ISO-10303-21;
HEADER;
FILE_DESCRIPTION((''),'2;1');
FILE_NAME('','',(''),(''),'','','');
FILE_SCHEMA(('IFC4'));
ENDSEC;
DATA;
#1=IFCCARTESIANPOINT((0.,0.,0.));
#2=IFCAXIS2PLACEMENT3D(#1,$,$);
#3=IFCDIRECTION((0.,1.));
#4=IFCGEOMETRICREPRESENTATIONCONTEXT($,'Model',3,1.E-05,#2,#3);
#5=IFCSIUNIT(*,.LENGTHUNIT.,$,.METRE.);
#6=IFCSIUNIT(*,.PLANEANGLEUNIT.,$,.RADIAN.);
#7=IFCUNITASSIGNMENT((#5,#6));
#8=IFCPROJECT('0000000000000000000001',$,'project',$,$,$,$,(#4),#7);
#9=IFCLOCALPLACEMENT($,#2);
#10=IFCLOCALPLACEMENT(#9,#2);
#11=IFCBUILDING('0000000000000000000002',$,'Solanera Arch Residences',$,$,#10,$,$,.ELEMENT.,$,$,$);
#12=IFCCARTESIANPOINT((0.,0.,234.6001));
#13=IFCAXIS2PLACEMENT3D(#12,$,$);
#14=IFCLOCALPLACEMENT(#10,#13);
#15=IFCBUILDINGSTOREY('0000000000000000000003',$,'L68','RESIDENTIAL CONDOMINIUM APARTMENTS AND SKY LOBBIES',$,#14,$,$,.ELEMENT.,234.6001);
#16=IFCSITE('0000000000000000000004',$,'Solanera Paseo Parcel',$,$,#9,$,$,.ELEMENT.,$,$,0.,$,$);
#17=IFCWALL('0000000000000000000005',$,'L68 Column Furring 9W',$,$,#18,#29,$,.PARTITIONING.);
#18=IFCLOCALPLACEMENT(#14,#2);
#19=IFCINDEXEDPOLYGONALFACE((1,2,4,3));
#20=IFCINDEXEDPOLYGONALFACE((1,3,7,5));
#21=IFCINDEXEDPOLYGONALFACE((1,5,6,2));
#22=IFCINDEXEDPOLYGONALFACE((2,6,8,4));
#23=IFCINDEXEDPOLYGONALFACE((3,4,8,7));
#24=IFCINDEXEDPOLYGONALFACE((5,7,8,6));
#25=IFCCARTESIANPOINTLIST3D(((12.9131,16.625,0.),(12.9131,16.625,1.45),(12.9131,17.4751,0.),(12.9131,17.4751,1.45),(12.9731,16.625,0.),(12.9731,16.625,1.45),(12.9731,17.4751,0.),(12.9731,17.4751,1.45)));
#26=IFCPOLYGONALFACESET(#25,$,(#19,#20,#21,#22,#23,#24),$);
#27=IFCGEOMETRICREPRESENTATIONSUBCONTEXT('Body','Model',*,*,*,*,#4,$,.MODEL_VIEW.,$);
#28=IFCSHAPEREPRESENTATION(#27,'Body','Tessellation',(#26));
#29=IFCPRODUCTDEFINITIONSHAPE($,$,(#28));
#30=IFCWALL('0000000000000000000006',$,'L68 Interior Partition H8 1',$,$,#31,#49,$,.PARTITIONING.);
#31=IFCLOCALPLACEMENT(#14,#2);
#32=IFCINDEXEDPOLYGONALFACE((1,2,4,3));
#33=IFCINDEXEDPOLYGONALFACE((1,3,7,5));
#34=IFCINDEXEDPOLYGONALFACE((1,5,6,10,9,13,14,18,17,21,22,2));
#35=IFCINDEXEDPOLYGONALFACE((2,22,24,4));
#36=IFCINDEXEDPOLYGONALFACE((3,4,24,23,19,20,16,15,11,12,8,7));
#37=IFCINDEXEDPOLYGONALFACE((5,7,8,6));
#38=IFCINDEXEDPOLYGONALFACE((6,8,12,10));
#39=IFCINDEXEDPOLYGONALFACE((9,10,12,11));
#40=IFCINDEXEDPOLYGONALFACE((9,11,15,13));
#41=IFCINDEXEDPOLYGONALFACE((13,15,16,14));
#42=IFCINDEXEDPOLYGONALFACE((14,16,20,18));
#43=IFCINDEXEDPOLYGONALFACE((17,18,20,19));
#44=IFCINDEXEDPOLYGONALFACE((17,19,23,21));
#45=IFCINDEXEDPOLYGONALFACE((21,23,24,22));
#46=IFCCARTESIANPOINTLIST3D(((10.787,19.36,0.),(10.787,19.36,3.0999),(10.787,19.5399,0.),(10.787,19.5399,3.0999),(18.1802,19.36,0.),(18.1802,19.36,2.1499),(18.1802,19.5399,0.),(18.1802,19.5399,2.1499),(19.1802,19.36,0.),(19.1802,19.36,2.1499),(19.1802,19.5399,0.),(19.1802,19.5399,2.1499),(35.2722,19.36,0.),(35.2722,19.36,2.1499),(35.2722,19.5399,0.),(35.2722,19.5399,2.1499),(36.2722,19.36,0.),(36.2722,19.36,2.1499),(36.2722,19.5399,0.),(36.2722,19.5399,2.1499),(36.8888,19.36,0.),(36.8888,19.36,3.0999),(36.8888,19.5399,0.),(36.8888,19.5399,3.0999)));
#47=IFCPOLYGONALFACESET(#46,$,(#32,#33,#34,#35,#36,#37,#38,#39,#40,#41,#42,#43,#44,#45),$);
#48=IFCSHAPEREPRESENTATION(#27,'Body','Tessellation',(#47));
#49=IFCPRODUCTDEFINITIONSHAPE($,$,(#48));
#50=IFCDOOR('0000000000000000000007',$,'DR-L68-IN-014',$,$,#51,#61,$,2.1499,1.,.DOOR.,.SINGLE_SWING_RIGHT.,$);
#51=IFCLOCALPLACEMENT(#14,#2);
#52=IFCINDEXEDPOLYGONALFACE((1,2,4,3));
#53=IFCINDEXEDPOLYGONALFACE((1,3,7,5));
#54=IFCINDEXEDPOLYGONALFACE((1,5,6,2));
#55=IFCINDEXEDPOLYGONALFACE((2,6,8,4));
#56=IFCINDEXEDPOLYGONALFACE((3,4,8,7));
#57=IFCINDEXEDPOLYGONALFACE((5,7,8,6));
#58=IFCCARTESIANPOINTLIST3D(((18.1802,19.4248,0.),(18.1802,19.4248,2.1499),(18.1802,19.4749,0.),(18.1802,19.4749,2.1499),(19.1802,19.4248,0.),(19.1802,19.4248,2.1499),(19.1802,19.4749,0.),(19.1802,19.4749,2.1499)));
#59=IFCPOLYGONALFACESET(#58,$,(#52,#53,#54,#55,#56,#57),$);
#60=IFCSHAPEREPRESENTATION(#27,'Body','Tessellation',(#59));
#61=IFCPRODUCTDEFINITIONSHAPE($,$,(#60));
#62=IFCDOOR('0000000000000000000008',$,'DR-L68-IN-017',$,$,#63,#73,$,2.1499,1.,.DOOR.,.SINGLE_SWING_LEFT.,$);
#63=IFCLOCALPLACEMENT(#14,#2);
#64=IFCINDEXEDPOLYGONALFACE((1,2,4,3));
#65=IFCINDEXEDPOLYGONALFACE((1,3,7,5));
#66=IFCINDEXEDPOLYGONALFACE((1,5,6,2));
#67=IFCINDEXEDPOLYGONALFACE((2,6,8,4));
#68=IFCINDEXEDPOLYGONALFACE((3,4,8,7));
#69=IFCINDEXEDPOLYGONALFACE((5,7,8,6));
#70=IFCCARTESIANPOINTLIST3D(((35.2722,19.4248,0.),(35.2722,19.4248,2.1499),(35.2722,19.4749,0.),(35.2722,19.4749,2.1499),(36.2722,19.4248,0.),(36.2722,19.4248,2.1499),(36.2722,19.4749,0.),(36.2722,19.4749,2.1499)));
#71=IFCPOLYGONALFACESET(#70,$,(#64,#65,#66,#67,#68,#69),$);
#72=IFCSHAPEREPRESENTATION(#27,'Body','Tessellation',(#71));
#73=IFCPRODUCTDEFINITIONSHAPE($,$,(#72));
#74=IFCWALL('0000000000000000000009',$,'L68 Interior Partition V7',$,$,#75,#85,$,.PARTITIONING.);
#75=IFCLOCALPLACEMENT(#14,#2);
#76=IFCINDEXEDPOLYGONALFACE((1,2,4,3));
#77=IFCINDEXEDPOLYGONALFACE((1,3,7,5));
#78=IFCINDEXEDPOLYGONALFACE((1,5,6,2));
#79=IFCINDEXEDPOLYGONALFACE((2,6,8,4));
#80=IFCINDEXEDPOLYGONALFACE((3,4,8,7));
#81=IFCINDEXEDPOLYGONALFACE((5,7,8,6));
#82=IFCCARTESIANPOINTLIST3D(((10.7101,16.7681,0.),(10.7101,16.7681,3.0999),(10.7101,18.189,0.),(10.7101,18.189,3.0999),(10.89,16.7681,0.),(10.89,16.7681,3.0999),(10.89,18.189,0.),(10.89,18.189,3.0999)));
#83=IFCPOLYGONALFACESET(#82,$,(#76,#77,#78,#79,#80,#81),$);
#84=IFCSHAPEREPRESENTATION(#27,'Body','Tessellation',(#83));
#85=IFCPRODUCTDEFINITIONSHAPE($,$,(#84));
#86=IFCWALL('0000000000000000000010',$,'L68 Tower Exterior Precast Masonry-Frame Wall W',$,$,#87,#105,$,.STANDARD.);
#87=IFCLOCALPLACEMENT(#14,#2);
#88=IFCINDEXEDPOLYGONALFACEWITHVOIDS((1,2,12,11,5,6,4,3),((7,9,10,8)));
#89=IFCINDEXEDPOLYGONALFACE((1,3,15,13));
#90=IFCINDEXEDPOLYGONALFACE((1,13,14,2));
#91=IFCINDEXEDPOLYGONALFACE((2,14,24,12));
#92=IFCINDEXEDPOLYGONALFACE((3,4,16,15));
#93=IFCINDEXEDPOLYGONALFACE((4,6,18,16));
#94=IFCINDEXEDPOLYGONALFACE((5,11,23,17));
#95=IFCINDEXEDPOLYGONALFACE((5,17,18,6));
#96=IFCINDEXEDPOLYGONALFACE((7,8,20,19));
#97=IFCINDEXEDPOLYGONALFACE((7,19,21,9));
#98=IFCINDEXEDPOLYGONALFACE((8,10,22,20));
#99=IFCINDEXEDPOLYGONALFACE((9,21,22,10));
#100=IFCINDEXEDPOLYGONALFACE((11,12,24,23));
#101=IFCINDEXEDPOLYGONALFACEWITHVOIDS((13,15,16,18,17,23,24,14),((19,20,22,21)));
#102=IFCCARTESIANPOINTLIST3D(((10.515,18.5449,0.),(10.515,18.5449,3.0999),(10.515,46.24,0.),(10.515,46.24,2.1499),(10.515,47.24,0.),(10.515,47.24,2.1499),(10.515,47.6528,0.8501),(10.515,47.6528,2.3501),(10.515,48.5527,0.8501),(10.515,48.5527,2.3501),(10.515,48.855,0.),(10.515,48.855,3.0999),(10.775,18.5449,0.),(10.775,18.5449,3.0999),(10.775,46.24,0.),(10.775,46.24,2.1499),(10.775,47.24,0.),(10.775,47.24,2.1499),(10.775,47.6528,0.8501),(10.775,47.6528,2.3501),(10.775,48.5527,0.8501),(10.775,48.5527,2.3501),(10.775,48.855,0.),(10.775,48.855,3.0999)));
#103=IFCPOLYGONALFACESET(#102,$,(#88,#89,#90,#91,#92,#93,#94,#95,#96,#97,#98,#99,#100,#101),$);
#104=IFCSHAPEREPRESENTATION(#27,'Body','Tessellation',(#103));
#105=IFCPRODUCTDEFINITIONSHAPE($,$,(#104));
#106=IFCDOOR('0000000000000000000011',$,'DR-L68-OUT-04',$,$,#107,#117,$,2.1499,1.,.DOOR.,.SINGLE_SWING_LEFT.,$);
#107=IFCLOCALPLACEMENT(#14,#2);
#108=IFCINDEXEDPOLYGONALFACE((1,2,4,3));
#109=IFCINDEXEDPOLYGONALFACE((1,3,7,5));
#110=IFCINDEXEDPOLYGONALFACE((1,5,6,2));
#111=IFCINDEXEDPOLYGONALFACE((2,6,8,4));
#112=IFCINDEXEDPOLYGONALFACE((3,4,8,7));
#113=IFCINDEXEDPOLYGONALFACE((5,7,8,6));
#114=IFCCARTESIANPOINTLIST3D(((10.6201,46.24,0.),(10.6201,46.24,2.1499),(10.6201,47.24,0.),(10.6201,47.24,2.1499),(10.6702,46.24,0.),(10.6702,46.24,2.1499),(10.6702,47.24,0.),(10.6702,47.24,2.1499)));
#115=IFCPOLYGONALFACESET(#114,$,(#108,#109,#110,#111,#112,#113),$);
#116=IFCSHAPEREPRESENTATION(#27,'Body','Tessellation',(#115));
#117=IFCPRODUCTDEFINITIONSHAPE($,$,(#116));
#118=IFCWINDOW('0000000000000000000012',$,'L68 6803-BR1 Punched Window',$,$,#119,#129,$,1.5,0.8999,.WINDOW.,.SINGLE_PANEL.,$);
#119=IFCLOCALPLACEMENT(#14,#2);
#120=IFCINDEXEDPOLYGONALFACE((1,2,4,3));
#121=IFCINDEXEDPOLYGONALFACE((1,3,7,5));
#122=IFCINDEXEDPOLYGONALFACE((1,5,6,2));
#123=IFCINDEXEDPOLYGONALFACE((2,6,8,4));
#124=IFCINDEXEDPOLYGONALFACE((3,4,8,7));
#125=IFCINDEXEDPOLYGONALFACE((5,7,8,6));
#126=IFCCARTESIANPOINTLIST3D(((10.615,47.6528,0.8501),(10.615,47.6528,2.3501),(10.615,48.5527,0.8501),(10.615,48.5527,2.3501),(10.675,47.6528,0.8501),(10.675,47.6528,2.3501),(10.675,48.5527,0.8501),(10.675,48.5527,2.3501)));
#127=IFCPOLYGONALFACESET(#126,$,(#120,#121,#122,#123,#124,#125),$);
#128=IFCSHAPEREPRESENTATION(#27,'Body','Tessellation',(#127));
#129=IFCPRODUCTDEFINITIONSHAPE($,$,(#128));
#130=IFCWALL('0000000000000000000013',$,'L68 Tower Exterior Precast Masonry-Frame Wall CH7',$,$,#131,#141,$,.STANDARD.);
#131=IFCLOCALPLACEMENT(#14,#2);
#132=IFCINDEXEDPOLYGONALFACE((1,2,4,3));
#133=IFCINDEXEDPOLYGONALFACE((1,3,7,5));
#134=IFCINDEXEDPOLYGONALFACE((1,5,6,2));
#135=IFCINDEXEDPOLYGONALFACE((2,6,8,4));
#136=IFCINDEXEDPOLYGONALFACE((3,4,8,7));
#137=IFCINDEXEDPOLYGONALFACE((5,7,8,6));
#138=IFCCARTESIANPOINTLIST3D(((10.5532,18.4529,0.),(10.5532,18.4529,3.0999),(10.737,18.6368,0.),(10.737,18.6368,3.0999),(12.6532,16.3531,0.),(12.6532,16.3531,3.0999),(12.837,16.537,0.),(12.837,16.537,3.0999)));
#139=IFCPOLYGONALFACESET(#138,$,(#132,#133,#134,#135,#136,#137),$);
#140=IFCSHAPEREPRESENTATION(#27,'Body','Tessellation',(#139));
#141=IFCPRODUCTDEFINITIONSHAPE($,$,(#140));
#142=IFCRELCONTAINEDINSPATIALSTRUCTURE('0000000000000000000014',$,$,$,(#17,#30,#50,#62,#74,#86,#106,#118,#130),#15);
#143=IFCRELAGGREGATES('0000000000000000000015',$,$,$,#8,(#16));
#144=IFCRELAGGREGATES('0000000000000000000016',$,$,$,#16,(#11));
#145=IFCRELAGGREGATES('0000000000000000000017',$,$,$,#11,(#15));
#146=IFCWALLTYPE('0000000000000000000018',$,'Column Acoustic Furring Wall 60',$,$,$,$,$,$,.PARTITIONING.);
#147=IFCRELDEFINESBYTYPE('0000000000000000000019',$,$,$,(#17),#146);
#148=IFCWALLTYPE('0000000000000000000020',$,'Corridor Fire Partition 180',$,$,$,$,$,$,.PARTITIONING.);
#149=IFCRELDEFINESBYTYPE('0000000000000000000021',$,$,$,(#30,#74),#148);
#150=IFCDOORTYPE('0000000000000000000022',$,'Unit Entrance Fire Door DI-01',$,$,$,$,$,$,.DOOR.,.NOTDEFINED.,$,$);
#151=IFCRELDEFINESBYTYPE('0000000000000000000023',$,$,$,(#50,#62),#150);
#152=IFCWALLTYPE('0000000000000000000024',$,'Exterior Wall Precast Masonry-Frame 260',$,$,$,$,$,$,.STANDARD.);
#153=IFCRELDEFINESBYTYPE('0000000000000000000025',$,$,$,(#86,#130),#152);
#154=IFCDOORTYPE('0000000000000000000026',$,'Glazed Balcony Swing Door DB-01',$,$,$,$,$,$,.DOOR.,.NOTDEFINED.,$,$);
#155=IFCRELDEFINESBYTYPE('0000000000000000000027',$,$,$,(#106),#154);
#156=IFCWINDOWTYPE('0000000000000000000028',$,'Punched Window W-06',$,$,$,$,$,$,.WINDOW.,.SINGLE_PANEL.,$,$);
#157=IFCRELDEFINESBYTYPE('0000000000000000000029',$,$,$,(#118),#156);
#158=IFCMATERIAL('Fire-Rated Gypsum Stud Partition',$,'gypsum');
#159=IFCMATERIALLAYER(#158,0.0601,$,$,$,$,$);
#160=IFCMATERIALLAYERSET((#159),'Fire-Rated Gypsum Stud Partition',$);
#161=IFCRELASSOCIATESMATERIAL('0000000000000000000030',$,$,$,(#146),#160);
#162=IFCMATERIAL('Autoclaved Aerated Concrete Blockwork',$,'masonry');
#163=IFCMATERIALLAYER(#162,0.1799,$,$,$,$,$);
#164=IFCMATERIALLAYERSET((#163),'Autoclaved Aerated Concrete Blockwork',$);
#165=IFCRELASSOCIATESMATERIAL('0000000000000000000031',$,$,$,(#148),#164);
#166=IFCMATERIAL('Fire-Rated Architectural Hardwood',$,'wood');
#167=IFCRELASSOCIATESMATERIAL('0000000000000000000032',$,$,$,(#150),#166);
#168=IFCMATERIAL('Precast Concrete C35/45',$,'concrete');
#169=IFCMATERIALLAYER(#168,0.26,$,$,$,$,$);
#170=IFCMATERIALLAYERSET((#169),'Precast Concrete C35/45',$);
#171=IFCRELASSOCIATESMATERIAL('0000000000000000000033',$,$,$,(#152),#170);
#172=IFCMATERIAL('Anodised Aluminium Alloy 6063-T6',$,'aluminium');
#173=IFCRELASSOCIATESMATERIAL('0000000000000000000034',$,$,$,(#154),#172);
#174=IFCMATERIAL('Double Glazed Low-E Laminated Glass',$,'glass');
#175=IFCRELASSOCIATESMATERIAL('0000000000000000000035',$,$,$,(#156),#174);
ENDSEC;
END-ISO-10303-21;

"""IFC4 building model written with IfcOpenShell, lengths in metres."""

from ifc_helpers import new_model, si_unit, direction, frame, frame_2d, origin, place, context, subcontext, project, spatial, rectangle, extrude, material, layer, layer_set, type_object, element, fill, save


model = new_model("IFC4")

# Units and contexts
model_context = context("Model", 3, precision=1e-05, world=origin(), true_north=direction((0.0, 1.0)))
body_context = subcontext(model_context, "Body", "Model", "MODEL_VIEW")
ifc_project = project(units=[si_unit("LENGTHUNIT", "METRE"), si_unit("PLANEANGLEUNIT", "RADIAN")], contexts=[model_context])

# Site, building, storey
site_placement = place(None, origin())
site = spatial("IfcSite", under=ifc_project, at=site_placement, Name="Solanera Paseo Parcel", CompositionType="ELEMENT", RefElevation=0.0)
building_placement = place(site_placement, origin())
building = spatial("IfcBuilding", under=site, at=building_placement, Name="Solanera Arch Residences", CompositionType="ELEMENT")
storey_placement = place(building_placement, frame((0.0, 0.0, 234.6001)))
storey = spatial("IfcBuildingStorey", under=building, at=storey_placement, Name="L68", Description="RESIDENTIAL CONDOMINIUM APARTMENTS AND SKY LOBBIES", CompositionType="ELEMENT", Elevation=234.6001)

# Wall
ifc_material_1 = material(Name="Fire-Rated Gypsum Stud Partition", Category="gypsum")
ifc_layer_1 = layer(ifc_material_1, 0.0601)
ifc_layer_set_1 = layer_set([ifc_layer_1], Name="Fire-Rated Gypsum Stud Partition")
wall_type_1 = type_object("IfcWallType", Name="Column Acoustic Furring Wall 60", PredefinedType="PARTITIONING", material=ifc_layer_set_1)
wall_1_placement = place(storey_placement, frame((12.9431, 16.625, 0.0), z_axis=(0.0, 0.0, 1.0), x_axis=(0.0, 1.0, 0.0)))
element("IfcWall", 1, at=wall_1_placement, inside=storey, type_object=wall_type_1, Name="L68 Column Furring 9W", PredefinedType="PARTITIONING", context=body_context, shape_type="SweptSolid", body=[
    extrude(rectangle(XDim=0.8501, YDim=0.0601, at=frame_2d((0.425, 0.0))), origin(), (0.0, 0.0, 1.0), 1.45),
])

# Wall, openings, doors
ifc_material_2 = material(Name="Autoclaved Aerated Concrete Blockwork", Category="masonry")
ifc_layer_2 = layer(ifc_material_2, 0.1799)
ifc_layer_set_2 = layer_set([ifc_layer_2], Name="Autoclaved Aerated Concrete Blockwork")
wall_type_2 = type_object("IfcWallType", Name="Corridor Fire Partition 180", PredefinedType="PARTITIONING", material=ifc_layer_set_2)
wall_2_placement = place(storey_placement, frame((10.7871, 19.45, 0.0), z_axis=(0.0, 0.0, 1.0), x_axis=(1.0, 0.0, 0.0)))
wall_2 = element("IfcWall", 2, at=wall_2_placement, inside=storey, type_object=wall_type_2, Name="L68 Interior Partition H8 1", PredefinedType="PARTITIONING", context=body_context, shape_type="SweptSolid", body=[
    extrude(rectangle(XDim=26.1018, YDim=0.1799, at=frame_2d((13.0508, 0.0))), origin(), (0.0, 0.0, 1.0), 3.0999),
])
opening_1_placement = place(wall_2_placement, frame((7.3931, 0.0, 0.0)))
opening_1 = element("IfcOpeningElement", 3, at=opening_1_placement, cuts=wall_2, PredefinedType="OPENING", context=body_context, shape_type="SweptSolid", body=[
    extrude(rectangle(XDim=1.0, YDim=2.1499, at=frame_2d((0.5, 1.075))), frame((0.0, 0.1001, 0.0), z_axis=(0.0, -1.0, 0.0), x_axis=(1.0, 0.0, 0.0)), (0.0, 0.0, 1.0), 0.1999),
])
opening_2_placement = place(wall_2_placement, frame((24.4851, 0.0, 0.0)))
opening_2 = element("IfcOpeningElement", 4, at=opening_2_placement, cuts=wall_2, PredefinedType="OPENING", context=body_context, shape_type="SweptSolid", body=[
    extrude(rectangle(XDim=1.0, YDim=2.1499, at=frame_2d((0.5, 1.075))), frame((0.0, 0.1001, 0.0), z_axis=(0.0, -1.0, 0.0), x_axis=(1.0, 0.0, 0.0)), (0.0, 0.0, 1.0), 0.1999),
])
ifc_material_3 = material(Name="Fire-Rated Architectural Hardwood", Category="wood")
door_type_1 = type_object("IfcDoorType", Name="Unit Entrance Fire Door DI-01", OperationType="NOTDEFINED", PredefinedType="DOOR", material=ifc_material_3)
door_1_placement = place(opening_1_placement, origin())
door_1 = element("IfcDoor", 5, at=door_1_placement, inside=storey, type_object=door_type_1, Name="DR-L68-IN-014", OperationType="SINGLE_SWING_RIGHT", OverallHeight=2.1499, OverallWidth=1.0, PredefinedType="DOOR", context=body_context, shape_type="SweptSolid", body=[
    extrude(rectangle(XDim=1.0, YDim=2.1499, at=frame_2d((0.5, 1.075))), frame((0.0, 0.0249, 0.0), z_axis=(0.0, -1.0, 0.0), x_axis=(1.0, 0.0, 0.0)), (0.0, 0.0, 1.0), 0.05),
])
fill(opening_1, door_1)
door_2_placement = place(opening_2_placement, origin())
door_2 = element("IfcDoor", 6, at=door_2_placement, inside=storey, type_object=door_type_1, Name="DR-L68-IN-017", OperationType="SINGLE_SWING_LEFT", OverallHeight=2.1499, OverallWidth=1.0, PredefinedType="DOOR", context=body_context, shape_type="SweptSolid", body=[
    extrude(rectangle(XDim=1.0, YDim=2.1499, at=frame_2d((0.5, 1.075))), frame((0.0, 0.0249, 0.0), z_axis=(0.0, -1.0, 0.0), x_axis=(1.0, 0.0, 0.0)), (0.0, 0.0, 1.0), 0.05),
])
fill(opening_2, door_2)

# Wall
wall_3_placement = place(storey_placement, frame((10.8, 16.7681, 0.0), z_axis=(0.0, 0.0, 1.0), x_axis=(0.0, 1.0, 0.0)))
element("IfcWall", 7, at=wall_3_placement, inside=storey, type_object=wall_type_2, Name="L68 Interior Partition V7", PredefinedType="PARTITIONING", context=body_context, shape_type="SweptSolid", body=[
    extrude(rectangle(XDim=1.4209, YDim=0.1799, at=frame_2d((0.7104, 0.0))), origin(), (0.0, 0.0, 1.0), 3.0999),
])

# Wall, openings, door, window
ifc_material_4 = material(Name="Precast Concrete C35/45", Category="concrete")
ifc_layer_3 = layer(ifc_material_4, 0.26)
ifc_layer_set_3 = layer_set([ifc_layer_3], Name="Precast Concrete C35/45")
wall_type_3 = type_object("IfcWallType", Name="Exterior Wall Precast Masonry-Frame 260", PredefinedType="STANDARD", material=ifc_layer_set_3)
wall_4_placement = place(storey_placement, frame((10.645, 18.5449, 0.0), z_axis=(0.0, 0.0, 1.0), x_axis=(0.0, 1.0, 0.0)))
wall_4 = element("IfcWall", 8, at=wall_4_placement, inside=storey, type_object=wall_type_3, Name="L68 Tower Exterior Precast Masonry-Frame Wall W", PredefinedType="STANDARD", context=body_context, shape_type="SweptSolid", body=[
    extrude(rectangle(XDim=30.3101, YDim=0.26, at=frame_2d((15.155, 0.0))), origin(), (0.0, 0.0, 1.0), 3.0999),
])
opening_3_placement = place(wall_4_placement, frame((27.6951, 0.0, 0.0)))
opening_3 = element("IfcOpeningElement", 9, at=opening_3_placement, cuts=wall_4, PredefinedType="OPENING", context=body_context, shape_type="SweptSolid", body=[
    extrude(rectangle(XDim=1.0, YDim=2.1499, at=frame_2d((0.5, 1.075))), frame((0.0, 0.1399, 0.0), z_axis=(0.0, -1.0, 0.0), x_axis=(1.0, 0.0, 0.0)), (0.0, 0.0, 1.0), 0.28),
])
opening_4_placement = place(wall_4_placement, frame((29.1079, 0.0, 0.8501)))
opening_4 = element("IfcOpeningElement", 10, at=opening_4_placement, cuts=wall_4, PredefinedType="OPENING", context=body_context, shape_type="SweptSolid", body=[
    extrude(rectangle(XDim=0.8999, YDim=1.5, at=frame_2d((0.45, 0.75))), frame((0.0, 0.1399, 0.0), z_axis=(0.0, -1.0, 0.0), x_axis=(1.0, 0.0, 0.0)), (0.0, 0.0, 1.0), 0.28),
])
ifc_material_5 = material(Name="Anodised Aluminium Alloy 6063-T6", Category="aluminium")
door_type_2 = type_object("IfcDoorType", Name="Glazed Balcony Swing Door DB-01", OperationType="NOTDEFINED", PredefinedType="DOOR", material=ifc_material_5)
door_3_placement = place(opening_3_placement, origin())
door_3 = element("IfcDoor", 11, at=door_3_placement, inside=storey, type_object=door_type_2, Name="DR-L68-OUT-04", OperationType="SINGLE_SWING_LEFT", OverallHeight=2.1499, OverallWidth=1.0, PredefinedType="DOOR", context=body_context, shape_type="SweptSolid", body=[
    extrude(rectangle(XDim=1.0, YDim=2.1499, at=frame_2d((0.5, 1.075))), frame((0.0, 0.0249, 0.0), z_axis=(0.0, -1.0, 0.0), x_axis=(1.0, 0.0, 0.0)), (0.0, 0.0, 1.0), 0.05),
])
fill(opening_3, door_3)
ifc_material_6 = material(Name="Double Glazed Low-E Laminated Glass", Category="glass")
window_type = type_object("IfcWindowType", Name="Punched Window W-06", PartitioningType="SINGLE_PANEL", PredefinedType="WINDOW", material=ifc_material_6)
window_placement = place(opening_4_placement, origin())
window = element("IfcWindow", 12, at=window_placement, inside=storey, type_object=window_type, Name="L68 6803-BR1 Punched Window", OverallHeight=1.5, OverallWidth=0.8999, PartitioningType="SINGLE_PANEL", PredefinedType="WINDOW", context=body_context, shape_type="SweptSolid", body=[
    extrude(rectangle(XDim=0.8999, YDim=1.5, at=frame_2d((0.45, 0.75))), frame((0.0, 0.03, 0.0), z_axis=(0.0, -1.0, 0.0), x_axis=(1.0, 0.0, 0.0)), (0.0, 0.0, 1.0), 0.0601),
])
fill(opening_4, window)

# Wall
wall_5_placement = place(storey_placement, frame((12.7451, 16.4451, 0.0), z_axis=(0.0, 0.0, 1.0), x_axis=(-0.707148, 0.707066, 0.0)))
element("IfcWall", 13, at=wall_5_placement, inside=storey, type_object=wall_type_3, Name="L68 Tower Exterior Precast Masonry-Frame Wall CH7", PredefinedType="STANDARD", context=body_context, shape_type="SweptSolid", body=[
    extrude(rectangle(XDim=2.9697, YDim=0.26, at=frame_2d((1.4849, 0.0))), origin(), (0.0, 0.0, 1.0), 3.0999),
])

save(model, "model.ifc")
